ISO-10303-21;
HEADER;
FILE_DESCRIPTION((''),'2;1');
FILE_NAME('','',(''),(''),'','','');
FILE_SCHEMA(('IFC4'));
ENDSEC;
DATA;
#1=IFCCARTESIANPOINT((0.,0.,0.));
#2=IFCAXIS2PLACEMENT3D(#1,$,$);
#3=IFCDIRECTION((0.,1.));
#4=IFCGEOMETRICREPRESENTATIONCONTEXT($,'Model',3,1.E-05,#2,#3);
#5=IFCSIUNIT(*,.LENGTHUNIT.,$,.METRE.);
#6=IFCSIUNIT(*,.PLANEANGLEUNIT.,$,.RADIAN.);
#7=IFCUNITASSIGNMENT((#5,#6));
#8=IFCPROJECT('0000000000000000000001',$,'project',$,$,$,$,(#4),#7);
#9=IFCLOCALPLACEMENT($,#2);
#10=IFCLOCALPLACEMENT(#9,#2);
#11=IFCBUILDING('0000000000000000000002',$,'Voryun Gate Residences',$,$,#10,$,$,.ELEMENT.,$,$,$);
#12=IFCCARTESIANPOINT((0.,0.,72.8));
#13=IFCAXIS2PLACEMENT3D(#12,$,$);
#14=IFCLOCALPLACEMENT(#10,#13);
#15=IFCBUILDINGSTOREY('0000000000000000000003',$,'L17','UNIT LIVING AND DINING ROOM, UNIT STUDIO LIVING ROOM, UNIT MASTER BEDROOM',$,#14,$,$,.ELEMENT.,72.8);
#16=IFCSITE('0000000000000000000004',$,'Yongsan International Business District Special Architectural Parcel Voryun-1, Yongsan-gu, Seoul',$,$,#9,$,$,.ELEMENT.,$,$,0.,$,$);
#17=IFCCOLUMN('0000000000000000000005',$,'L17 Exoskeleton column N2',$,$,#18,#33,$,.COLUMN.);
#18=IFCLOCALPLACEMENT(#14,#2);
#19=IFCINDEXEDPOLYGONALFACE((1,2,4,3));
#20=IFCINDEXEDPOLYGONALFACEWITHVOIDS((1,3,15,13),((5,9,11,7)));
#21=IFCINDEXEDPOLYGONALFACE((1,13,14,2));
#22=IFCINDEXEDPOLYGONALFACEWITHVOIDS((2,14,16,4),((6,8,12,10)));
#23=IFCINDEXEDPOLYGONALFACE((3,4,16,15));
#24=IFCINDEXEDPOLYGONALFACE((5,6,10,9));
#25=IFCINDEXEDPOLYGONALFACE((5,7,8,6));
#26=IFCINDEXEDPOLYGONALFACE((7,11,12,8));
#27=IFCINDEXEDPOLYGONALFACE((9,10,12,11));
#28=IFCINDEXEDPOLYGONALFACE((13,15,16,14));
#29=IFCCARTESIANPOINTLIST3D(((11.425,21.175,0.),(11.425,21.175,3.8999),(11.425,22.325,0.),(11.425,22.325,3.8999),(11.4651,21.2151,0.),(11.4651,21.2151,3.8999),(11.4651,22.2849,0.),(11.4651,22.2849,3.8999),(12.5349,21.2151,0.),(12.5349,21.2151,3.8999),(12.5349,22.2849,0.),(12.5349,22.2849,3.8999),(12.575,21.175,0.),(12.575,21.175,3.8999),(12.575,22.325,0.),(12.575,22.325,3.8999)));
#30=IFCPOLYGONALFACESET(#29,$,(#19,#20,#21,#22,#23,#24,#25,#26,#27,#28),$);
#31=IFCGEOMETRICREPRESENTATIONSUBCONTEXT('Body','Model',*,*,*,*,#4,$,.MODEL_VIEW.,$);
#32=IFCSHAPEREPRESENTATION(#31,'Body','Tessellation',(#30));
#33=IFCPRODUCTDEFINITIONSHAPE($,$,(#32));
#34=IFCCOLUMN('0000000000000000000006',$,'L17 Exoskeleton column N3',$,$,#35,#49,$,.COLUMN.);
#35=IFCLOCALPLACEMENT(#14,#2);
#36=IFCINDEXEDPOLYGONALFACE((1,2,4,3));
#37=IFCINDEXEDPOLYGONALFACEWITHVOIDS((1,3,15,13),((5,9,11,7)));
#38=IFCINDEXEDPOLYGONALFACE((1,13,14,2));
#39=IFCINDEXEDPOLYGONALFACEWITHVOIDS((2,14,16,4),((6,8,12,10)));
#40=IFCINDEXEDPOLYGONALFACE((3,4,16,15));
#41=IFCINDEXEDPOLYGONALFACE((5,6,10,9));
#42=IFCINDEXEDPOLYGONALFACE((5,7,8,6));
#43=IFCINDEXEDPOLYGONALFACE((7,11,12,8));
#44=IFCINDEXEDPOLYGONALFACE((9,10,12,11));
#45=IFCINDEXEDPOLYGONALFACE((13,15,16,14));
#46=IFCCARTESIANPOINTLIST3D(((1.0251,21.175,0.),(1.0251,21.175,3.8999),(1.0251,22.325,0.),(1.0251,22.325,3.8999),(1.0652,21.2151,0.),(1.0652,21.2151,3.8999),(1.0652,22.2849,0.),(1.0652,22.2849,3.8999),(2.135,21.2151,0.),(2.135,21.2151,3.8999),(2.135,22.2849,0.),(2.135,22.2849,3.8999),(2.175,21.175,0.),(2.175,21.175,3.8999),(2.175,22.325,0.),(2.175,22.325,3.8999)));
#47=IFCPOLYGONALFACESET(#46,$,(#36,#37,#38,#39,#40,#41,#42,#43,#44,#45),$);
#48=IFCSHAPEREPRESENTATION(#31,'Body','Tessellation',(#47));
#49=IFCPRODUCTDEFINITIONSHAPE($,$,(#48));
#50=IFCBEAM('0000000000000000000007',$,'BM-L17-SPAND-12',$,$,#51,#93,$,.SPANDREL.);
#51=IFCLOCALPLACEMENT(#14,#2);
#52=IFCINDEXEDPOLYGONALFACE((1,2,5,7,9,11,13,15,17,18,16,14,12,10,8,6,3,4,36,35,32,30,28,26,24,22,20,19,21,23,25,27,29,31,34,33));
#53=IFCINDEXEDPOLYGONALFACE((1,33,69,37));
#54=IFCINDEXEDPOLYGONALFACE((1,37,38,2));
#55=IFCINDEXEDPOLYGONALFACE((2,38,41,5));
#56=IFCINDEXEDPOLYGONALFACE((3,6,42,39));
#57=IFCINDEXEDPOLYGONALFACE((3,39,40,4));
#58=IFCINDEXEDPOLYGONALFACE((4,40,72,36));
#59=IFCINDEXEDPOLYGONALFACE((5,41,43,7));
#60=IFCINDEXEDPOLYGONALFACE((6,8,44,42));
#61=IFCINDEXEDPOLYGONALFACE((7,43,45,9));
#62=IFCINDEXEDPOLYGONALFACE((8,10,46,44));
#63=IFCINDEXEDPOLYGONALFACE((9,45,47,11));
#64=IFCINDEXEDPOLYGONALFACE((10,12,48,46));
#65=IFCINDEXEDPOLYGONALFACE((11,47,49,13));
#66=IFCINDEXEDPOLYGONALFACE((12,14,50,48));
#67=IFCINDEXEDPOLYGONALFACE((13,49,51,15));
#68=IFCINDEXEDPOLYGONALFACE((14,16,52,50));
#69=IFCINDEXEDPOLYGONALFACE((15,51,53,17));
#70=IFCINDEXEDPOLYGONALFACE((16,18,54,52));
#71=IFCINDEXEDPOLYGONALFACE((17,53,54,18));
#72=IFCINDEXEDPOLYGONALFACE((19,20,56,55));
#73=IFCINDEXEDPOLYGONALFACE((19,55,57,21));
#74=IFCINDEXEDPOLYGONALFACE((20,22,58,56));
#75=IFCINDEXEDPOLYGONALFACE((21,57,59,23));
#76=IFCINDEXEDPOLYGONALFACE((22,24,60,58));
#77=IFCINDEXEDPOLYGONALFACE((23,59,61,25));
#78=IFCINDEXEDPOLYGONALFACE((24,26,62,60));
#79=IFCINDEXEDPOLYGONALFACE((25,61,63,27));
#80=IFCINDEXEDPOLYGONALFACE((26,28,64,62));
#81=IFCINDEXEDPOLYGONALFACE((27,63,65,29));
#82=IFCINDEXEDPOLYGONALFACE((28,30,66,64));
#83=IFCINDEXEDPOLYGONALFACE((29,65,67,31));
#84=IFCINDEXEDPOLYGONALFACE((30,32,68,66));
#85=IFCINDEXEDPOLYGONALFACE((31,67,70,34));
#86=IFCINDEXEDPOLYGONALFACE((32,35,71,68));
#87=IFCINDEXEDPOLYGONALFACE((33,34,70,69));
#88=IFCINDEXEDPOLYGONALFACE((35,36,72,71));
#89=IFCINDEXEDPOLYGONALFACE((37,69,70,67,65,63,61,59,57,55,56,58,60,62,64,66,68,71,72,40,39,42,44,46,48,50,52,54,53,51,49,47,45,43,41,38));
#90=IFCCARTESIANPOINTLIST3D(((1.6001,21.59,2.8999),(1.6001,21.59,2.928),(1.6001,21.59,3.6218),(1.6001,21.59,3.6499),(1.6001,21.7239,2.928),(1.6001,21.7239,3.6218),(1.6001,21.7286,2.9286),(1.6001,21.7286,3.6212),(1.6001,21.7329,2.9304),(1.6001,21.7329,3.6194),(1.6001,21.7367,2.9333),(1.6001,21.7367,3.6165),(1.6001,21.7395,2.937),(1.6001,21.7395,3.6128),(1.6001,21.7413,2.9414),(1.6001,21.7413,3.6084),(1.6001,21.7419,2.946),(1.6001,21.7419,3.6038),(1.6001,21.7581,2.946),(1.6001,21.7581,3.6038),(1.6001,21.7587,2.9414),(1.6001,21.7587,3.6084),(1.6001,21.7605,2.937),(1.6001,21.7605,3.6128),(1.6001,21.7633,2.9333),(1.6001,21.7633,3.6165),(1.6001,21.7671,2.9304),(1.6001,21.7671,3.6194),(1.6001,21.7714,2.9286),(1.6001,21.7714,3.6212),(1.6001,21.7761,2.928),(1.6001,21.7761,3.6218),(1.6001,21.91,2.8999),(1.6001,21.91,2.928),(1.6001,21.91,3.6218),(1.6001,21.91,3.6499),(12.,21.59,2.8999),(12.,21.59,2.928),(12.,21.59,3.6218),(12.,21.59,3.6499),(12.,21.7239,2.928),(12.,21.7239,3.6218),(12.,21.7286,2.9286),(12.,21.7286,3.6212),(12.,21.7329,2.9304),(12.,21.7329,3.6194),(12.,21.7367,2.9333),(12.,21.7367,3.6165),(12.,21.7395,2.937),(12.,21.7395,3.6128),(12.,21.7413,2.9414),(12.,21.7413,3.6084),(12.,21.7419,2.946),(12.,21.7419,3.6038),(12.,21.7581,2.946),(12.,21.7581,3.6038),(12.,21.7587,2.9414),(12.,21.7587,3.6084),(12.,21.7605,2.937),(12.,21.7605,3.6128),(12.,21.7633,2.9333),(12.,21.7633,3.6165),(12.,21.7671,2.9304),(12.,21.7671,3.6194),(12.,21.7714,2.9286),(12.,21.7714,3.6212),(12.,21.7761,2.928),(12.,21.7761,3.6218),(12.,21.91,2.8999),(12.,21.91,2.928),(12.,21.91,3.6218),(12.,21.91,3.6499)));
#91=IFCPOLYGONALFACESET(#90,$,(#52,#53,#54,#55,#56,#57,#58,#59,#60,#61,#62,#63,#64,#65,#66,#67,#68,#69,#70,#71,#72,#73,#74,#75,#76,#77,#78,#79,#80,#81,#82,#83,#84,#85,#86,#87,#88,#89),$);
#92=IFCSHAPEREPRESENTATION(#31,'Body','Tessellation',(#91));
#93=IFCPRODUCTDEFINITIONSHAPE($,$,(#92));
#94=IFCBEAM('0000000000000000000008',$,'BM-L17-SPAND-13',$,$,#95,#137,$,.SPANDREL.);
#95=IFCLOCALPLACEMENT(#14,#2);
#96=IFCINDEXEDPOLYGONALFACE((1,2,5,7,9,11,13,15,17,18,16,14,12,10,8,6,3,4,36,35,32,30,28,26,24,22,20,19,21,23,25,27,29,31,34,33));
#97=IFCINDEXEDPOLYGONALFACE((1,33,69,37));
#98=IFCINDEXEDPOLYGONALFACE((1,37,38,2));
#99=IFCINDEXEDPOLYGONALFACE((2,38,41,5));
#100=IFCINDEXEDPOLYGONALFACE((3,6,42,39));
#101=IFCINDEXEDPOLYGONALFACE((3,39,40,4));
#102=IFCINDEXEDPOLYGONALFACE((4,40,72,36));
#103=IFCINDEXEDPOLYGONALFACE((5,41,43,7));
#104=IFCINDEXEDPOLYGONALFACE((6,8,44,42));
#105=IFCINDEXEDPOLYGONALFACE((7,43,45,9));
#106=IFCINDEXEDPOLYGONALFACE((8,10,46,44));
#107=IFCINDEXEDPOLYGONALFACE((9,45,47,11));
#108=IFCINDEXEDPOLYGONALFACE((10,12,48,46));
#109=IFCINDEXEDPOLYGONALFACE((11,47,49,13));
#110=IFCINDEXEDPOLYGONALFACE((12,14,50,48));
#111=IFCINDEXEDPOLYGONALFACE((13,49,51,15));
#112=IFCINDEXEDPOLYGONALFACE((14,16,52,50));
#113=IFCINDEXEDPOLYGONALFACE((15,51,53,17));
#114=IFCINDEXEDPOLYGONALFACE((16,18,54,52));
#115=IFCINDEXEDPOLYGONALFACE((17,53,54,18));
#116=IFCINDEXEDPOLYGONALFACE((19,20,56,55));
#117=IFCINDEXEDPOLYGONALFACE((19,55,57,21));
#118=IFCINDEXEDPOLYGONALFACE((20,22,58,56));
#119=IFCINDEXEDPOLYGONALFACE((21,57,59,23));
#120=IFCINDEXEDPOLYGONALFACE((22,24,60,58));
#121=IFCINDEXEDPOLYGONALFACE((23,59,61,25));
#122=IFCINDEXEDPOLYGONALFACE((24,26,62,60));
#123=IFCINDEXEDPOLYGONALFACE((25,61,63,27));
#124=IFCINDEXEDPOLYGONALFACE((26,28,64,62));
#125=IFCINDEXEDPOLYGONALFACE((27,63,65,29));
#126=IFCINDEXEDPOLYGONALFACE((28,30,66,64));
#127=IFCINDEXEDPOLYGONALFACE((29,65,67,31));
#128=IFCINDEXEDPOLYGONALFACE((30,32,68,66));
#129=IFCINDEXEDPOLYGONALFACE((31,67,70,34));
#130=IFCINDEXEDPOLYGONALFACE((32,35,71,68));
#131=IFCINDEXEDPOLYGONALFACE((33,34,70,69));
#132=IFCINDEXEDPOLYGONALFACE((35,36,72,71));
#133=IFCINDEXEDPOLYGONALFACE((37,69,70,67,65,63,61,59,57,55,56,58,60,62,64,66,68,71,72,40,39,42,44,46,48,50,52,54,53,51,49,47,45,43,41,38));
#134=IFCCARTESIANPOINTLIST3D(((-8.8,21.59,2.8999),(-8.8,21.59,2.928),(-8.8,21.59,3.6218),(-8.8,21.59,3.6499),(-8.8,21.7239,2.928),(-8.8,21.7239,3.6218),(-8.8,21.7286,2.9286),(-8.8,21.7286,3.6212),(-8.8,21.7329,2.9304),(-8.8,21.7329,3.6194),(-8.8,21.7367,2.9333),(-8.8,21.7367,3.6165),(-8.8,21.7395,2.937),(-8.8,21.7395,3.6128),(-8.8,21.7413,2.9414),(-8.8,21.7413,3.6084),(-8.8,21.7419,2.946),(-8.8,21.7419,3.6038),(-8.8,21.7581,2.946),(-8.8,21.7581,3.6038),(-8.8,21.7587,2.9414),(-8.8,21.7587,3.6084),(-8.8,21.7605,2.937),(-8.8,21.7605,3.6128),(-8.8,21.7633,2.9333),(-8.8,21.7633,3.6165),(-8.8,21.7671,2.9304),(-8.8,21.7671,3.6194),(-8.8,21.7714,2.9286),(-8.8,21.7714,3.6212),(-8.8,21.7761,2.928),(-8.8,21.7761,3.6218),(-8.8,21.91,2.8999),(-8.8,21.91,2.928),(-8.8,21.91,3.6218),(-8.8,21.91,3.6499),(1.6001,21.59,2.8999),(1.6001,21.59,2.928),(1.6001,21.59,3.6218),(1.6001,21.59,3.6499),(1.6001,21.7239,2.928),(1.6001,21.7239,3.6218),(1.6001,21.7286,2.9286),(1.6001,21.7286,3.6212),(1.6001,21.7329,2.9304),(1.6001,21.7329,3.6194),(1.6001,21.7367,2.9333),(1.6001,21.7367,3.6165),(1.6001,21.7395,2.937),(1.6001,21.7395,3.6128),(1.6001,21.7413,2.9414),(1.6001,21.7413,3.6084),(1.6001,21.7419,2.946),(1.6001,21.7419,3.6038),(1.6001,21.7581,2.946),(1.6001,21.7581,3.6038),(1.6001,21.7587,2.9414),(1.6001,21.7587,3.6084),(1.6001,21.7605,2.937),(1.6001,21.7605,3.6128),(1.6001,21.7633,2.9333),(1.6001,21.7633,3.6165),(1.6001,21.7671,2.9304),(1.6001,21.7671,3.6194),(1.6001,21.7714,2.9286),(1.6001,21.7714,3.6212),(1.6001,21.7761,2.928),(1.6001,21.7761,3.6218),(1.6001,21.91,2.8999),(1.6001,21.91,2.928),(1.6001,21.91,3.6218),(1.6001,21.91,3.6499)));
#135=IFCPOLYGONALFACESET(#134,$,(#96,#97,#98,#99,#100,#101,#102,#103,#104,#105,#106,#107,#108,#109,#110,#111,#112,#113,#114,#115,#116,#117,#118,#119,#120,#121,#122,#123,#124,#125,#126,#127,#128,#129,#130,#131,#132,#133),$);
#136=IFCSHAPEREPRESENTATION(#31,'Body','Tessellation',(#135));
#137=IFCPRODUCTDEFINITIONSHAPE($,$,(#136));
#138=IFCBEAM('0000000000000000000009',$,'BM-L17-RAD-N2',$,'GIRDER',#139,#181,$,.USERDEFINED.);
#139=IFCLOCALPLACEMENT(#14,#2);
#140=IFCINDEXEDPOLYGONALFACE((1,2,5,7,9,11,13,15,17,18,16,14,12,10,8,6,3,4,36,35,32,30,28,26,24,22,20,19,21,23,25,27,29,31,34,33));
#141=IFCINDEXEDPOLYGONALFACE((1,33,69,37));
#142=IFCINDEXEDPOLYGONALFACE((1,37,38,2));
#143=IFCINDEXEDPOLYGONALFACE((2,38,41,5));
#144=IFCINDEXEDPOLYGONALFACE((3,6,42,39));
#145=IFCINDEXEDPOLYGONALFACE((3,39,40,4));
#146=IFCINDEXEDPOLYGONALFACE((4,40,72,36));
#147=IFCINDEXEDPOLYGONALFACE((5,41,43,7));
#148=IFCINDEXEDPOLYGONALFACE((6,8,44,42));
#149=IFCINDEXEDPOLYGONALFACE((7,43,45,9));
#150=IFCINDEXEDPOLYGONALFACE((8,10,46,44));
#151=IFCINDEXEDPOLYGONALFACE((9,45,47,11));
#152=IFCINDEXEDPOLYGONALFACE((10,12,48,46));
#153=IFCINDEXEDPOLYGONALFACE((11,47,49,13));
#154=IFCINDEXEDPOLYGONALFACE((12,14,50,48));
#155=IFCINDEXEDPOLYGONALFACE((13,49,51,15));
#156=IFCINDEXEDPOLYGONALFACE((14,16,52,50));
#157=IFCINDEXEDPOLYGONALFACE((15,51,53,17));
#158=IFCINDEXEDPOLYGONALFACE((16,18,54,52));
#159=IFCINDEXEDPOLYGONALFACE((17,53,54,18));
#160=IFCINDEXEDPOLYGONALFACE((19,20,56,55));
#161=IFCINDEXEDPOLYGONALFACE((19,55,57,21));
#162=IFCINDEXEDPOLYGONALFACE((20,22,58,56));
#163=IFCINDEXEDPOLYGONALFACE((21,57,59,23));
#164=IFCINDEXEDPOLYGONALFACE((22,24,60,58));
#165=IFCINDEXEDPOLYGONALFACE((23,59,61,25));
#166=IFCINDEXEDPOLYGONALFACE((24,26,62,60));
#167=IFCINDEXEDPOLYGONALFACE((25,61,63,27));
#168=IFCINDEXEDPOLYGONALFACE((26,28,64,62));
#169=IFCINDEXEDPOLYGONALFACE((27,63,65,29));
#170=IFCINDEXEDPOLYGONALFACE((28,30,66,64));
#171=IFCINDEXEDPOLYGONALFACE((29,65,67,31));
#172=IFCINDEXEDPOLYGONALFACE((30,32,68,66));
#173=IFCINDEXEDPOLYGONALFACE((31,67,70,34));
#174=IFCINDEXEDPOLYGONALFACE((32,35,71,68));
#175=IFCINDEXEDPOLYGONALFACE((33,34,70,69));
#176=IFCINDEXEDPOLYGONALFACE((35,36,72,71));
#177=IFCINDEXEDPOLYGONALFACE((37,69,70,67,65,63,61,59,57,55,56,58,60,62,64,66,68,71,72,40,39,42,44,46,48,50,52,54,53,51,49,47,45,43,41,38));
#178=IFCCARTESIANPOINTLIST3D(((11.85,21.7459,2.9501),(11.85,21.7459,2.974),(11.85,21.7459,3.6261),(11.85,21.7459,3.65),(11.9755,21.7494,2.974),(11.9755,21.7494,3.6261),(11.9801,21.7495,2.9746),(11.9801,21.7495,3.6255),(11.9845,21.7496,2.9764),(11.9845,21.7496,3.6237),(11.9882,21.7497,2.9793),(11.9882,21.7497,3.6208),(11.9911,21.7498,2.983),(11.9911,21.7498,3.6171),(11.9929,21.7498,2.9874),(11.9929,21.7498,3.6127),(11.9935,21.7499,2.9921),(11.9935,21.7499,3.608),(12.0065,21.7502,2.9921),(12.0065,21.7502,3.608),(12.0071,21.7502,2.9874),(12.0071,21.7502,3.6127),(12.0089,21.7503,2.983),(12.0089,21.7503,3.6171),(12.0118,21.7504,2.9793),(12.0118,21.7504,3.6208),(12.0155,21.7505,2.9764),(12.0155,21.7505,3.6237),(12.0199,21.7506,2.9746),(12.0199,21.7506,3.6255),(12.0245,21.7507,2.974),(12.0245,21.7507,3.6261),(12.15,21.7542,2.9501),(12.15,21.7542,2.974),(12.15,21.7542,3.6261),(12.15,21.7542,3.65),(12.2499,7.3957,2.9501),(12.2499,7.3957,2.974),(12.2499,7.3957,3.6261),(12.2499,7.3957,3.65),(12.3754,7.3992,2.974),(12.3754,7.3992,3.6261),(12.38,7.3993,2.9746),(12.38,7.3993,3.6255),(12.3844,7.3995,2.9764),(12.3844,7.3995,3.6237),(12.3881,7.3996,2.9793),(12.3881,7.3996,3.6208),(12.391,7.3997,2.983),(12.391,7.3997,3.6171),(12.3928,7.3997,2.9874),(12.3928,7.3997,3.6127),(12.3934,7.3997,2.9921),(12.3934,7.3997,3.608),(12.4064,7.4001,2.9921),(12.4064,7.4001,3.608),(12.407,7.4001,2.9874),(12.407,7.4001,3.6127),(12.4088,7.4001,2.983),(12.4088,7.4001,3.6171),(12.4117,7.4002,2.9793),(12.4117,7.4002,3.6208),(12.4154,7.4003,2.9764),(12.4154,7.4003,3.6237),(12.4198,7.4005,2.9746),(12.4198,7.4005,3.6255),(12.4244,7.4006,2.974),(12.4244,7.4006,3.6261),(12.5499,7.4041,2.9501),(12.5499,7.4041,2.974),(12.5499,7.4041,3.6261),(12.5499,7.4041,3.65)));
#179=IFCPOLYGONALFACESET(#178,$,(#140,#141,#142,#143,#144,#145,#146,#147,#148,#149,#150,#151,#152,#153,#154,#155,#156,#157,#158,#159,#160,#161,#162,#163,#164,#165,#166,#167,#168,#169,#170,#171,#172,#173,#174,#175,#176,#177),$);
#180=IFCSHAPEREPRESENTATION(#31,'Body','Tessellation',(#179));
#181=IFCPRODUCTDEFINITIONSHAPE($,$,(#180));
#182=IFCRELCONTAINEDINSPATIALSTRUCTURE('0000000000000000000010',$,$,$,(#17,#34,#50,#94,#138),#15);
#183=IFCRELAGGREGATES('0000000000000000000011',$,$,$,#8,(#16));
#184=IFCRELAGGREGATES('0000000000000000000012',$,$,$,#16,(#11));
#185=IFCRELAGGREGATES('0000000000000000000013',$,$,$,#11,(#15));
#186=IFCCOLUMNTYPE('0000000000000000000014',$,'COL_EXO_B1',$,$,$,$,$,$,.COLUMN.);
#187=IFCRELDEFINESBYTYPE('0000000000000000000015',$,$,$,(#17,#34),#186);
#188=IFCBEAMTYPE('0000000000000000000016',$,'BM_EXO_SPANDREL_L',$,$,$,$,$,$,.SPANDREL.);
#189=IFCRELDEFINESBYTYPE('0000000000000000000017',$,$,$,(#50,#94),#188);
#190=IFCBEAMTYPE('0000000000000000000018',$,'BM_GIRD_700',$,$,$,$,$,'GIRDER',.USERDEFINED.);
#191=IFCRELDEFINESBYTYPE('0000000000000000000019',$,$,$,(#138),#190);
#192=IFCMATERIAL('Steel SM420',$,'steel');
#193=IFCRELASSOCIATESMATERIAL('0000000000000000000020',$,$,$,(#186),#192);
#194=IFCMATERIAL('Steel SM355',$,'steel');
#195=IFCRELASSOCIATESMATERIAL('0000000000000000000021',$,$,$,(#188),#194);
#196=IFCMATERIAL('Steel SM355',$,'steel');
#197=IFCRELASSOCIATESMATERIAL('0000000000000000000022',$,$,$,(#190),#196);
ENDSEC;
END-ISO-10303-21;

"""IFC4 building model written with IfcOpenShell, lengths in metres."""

from ifc_helpers import new_model, si_unit, direction, frame, origin, origin_2d, place, context, subcontext, project, spatial, hollow_rectangle, i_section, extrude, material, material_profile, profile_set, type_object, element, save


model = new_model("IFC4")

# Units and contexts
model_context = context("Model", 3, precision=1e-05, world=origin(), true_north=direction((0.0, 1.0)))
body_context = subcontext(model_context, "Body", "Model", "MODEL_VIEW")
ifc_project = project(units=[si_unit("LENGTHUNIT", "METRE"), si_unit("PLANEANGLEUNIT", "RADIAN")], contexts=[model_context])

# Site, building, storey
site_placement = place(None, origin())
site = spatial("IfcSite", under=ifc_project, at=site_placement, Name="Yongsan International Business District Special Architectural Parcel Voryun-1, Yongsan-gu, Seoul", CompositionType="ELEMENT", RefElevation=0.0)
building_placement = place(site_placement, origin())
building = spatial("IfcBuilding", under=site, at=building_placement, Name="Voryun Gate Residences", CompositionType="ELEMENT")
storey_placement = place(building_placement, frame((0.0, 0.0, 72.8)))
storey = spatial("IfcBuildingStorey", under=building, at=storey_placement, Name="L17", Description="UNIT LIVING AND DINING ROOM, UNIT STUDIO LIVING ROOM, UNIT MASTER BEDROOM", CompositionType="ELEMENT", Elevation=72.8)

# Columns
ifc_material_1 = material(Name="Steel SM420", Category="steel")
ifc_material_profile_1 = material_profile(ifc_material_1, hollow_rectangle(XDim=1.1499, YDim=1.1499, WallThickness=0.04, at=origin_2d()), Name="BOX-1150x1150x40")
ifc_profile_set_1 = profile_set([ifc_material_profile_1], Name="Steel SM420")
column_type = type_object("IfcColumnType", Name="COL_EXO_B1", PredefinedType="COLUMN", material=ifc_profile_set_1)
for number, where, z_axis, x_axis, name in (
    (1, (12.0, 21.75, 0.0), (0.0, 0.0, 1.0), (1.0, 0.0, 0.0), "L17 Exoskeleton column N2"),
    (2, (1.6001, 21.75, 0.0), (0.0, 0.0, 1.0), (1.0, 0.0, 0.0), "L17 Exoskeleton column N3"),
):
    element("IfcColumn", number, at=place(storey_placement, frame(where, z_axis=z_axis, x_axis=x_axis)), inside=storey, type_object=column_type, Name=name, PredefinedType="COLUMN", context=body_context, shape_type="SweptSolid", body=[
        extrude(hollow_rectangle(XDim=1.1499, YDim=1.1499, WallThickness=0.04, at=origin_2d()), origin(), (0.0, 0.0, 1.0), 3.8999),
    ])

# Beams
ifc_material_2 = material(Name="Steel SM355", Category="steel")
ifc_material_profile_2 = material_profile(ifc_material_2, i_section(OverallWidth=0.3201, OverallDepth=0.75, WebThickness=0.0161, FlangeThickness=0.0281, FilletRadius=0.0181, at=origin_2d()), Name="H-750x320x16x28")
ifc_profile_set_2 = profile_set([ifc_material_profile_2], Name="Steel SM355")
beam_type_1 = type_object("IfcBeamType", Name="BM_EXO_SPANDREL_L", PredefinedType="SPANDREL", material=ifc_profile_set_2)
beam_1_placement = place(storey_placement, frame((12.0, 21.75, 3.2749), z_axis=(-1.0, 0.0, 0.0), x_axis=(0.0, -1.0, 0.0)))
element("IfcBeam", 3, at=beam_1_placement, inside=storey, type_object=beam_type_1, Name="BM-L17-SPAND-12", PredefinedType="SPANDREL", context=body_context, shape_type="SweptSolid", body=[
    extrude(i_section(OverallWidth=0.3201, OverallDepth=0.75, WebThickness=0.0161, FlangeThickness=0.0281, FilletRadius=0.0181, at=origin_2d()), origin(), (0.0, 0.0, 1.0), 10.3999),
])
beam_2_placement = place(storey_placement, frame((1.6001, 21.75, 3.2749), z_axis=(-1.0, 0.0, 0.0), x_axis=(0.0, -1.0, 0.0)))
element("IfcBeam", 4, at=beam_2_placement, inside=storey, type_object=beam_type_1, Name="BM-L17-SPAND-13", PredefinedType="SPANDREL", context=body_context, shape_type="SweptSolid", body=[
    extrude(i_section(OverallWidth=0.3201, OverallDepth=0.75, WebThickness=0.0161, FlangeThickness=0.0281, FilletRadius=0.0181, at=origin_2d()), origin(), (0.0, 0.0, 1.0), 10.4001),
])
ifc_material_3 = material(Name="Steel SM355", Category="steel")
ifc_material_profile_3 = material_profile(ifc_material_3, i_section(OverallWidth=0.3, OverallDepth=0.7, WebThickness=0.0129, FlangeThickness=0.0239, FilletRadius=0.0181, at=origin_2d()), Name="H-700x300x13x24")
ifc_profile_set_3 = profile_set([ifc_material_profile_3], Name="Steel SM355")
beam_type_2 = type_object("IfcBeamType", Name="BM_GIRD_700", ElementType="GIRDER", PredefinedType="USERDEFINED", material=ifc_profile_set_3)
beam_3_placement = place(storey_placement, frame((12.3999, 7.3999, 3.3), z_axis=(-0.027857, 0.999612, 0.0), x_axis=(-0.999612, -0.027857, 0.0)))
element("IfcBeam", 5, at=beam_3_placement, inside=storey, type_object=beam_type_2, Name="BM-L17-RAD-N2", ObjectType="GIRDER", PredefinedType="USERDEFINED", context=body_context, shape_type="SweptSolid", body=[
    extrude(i_section(OverallWidth=0.3, OverallDepth=0.7, WebThickness=0.0129, FlangeThickness=0.0239, FilletRadius=0.0181, at=origin_2d()), origin(), (0.0, 0.0, 1.0), 14.3557),
])

save(model, "model.ifc")
